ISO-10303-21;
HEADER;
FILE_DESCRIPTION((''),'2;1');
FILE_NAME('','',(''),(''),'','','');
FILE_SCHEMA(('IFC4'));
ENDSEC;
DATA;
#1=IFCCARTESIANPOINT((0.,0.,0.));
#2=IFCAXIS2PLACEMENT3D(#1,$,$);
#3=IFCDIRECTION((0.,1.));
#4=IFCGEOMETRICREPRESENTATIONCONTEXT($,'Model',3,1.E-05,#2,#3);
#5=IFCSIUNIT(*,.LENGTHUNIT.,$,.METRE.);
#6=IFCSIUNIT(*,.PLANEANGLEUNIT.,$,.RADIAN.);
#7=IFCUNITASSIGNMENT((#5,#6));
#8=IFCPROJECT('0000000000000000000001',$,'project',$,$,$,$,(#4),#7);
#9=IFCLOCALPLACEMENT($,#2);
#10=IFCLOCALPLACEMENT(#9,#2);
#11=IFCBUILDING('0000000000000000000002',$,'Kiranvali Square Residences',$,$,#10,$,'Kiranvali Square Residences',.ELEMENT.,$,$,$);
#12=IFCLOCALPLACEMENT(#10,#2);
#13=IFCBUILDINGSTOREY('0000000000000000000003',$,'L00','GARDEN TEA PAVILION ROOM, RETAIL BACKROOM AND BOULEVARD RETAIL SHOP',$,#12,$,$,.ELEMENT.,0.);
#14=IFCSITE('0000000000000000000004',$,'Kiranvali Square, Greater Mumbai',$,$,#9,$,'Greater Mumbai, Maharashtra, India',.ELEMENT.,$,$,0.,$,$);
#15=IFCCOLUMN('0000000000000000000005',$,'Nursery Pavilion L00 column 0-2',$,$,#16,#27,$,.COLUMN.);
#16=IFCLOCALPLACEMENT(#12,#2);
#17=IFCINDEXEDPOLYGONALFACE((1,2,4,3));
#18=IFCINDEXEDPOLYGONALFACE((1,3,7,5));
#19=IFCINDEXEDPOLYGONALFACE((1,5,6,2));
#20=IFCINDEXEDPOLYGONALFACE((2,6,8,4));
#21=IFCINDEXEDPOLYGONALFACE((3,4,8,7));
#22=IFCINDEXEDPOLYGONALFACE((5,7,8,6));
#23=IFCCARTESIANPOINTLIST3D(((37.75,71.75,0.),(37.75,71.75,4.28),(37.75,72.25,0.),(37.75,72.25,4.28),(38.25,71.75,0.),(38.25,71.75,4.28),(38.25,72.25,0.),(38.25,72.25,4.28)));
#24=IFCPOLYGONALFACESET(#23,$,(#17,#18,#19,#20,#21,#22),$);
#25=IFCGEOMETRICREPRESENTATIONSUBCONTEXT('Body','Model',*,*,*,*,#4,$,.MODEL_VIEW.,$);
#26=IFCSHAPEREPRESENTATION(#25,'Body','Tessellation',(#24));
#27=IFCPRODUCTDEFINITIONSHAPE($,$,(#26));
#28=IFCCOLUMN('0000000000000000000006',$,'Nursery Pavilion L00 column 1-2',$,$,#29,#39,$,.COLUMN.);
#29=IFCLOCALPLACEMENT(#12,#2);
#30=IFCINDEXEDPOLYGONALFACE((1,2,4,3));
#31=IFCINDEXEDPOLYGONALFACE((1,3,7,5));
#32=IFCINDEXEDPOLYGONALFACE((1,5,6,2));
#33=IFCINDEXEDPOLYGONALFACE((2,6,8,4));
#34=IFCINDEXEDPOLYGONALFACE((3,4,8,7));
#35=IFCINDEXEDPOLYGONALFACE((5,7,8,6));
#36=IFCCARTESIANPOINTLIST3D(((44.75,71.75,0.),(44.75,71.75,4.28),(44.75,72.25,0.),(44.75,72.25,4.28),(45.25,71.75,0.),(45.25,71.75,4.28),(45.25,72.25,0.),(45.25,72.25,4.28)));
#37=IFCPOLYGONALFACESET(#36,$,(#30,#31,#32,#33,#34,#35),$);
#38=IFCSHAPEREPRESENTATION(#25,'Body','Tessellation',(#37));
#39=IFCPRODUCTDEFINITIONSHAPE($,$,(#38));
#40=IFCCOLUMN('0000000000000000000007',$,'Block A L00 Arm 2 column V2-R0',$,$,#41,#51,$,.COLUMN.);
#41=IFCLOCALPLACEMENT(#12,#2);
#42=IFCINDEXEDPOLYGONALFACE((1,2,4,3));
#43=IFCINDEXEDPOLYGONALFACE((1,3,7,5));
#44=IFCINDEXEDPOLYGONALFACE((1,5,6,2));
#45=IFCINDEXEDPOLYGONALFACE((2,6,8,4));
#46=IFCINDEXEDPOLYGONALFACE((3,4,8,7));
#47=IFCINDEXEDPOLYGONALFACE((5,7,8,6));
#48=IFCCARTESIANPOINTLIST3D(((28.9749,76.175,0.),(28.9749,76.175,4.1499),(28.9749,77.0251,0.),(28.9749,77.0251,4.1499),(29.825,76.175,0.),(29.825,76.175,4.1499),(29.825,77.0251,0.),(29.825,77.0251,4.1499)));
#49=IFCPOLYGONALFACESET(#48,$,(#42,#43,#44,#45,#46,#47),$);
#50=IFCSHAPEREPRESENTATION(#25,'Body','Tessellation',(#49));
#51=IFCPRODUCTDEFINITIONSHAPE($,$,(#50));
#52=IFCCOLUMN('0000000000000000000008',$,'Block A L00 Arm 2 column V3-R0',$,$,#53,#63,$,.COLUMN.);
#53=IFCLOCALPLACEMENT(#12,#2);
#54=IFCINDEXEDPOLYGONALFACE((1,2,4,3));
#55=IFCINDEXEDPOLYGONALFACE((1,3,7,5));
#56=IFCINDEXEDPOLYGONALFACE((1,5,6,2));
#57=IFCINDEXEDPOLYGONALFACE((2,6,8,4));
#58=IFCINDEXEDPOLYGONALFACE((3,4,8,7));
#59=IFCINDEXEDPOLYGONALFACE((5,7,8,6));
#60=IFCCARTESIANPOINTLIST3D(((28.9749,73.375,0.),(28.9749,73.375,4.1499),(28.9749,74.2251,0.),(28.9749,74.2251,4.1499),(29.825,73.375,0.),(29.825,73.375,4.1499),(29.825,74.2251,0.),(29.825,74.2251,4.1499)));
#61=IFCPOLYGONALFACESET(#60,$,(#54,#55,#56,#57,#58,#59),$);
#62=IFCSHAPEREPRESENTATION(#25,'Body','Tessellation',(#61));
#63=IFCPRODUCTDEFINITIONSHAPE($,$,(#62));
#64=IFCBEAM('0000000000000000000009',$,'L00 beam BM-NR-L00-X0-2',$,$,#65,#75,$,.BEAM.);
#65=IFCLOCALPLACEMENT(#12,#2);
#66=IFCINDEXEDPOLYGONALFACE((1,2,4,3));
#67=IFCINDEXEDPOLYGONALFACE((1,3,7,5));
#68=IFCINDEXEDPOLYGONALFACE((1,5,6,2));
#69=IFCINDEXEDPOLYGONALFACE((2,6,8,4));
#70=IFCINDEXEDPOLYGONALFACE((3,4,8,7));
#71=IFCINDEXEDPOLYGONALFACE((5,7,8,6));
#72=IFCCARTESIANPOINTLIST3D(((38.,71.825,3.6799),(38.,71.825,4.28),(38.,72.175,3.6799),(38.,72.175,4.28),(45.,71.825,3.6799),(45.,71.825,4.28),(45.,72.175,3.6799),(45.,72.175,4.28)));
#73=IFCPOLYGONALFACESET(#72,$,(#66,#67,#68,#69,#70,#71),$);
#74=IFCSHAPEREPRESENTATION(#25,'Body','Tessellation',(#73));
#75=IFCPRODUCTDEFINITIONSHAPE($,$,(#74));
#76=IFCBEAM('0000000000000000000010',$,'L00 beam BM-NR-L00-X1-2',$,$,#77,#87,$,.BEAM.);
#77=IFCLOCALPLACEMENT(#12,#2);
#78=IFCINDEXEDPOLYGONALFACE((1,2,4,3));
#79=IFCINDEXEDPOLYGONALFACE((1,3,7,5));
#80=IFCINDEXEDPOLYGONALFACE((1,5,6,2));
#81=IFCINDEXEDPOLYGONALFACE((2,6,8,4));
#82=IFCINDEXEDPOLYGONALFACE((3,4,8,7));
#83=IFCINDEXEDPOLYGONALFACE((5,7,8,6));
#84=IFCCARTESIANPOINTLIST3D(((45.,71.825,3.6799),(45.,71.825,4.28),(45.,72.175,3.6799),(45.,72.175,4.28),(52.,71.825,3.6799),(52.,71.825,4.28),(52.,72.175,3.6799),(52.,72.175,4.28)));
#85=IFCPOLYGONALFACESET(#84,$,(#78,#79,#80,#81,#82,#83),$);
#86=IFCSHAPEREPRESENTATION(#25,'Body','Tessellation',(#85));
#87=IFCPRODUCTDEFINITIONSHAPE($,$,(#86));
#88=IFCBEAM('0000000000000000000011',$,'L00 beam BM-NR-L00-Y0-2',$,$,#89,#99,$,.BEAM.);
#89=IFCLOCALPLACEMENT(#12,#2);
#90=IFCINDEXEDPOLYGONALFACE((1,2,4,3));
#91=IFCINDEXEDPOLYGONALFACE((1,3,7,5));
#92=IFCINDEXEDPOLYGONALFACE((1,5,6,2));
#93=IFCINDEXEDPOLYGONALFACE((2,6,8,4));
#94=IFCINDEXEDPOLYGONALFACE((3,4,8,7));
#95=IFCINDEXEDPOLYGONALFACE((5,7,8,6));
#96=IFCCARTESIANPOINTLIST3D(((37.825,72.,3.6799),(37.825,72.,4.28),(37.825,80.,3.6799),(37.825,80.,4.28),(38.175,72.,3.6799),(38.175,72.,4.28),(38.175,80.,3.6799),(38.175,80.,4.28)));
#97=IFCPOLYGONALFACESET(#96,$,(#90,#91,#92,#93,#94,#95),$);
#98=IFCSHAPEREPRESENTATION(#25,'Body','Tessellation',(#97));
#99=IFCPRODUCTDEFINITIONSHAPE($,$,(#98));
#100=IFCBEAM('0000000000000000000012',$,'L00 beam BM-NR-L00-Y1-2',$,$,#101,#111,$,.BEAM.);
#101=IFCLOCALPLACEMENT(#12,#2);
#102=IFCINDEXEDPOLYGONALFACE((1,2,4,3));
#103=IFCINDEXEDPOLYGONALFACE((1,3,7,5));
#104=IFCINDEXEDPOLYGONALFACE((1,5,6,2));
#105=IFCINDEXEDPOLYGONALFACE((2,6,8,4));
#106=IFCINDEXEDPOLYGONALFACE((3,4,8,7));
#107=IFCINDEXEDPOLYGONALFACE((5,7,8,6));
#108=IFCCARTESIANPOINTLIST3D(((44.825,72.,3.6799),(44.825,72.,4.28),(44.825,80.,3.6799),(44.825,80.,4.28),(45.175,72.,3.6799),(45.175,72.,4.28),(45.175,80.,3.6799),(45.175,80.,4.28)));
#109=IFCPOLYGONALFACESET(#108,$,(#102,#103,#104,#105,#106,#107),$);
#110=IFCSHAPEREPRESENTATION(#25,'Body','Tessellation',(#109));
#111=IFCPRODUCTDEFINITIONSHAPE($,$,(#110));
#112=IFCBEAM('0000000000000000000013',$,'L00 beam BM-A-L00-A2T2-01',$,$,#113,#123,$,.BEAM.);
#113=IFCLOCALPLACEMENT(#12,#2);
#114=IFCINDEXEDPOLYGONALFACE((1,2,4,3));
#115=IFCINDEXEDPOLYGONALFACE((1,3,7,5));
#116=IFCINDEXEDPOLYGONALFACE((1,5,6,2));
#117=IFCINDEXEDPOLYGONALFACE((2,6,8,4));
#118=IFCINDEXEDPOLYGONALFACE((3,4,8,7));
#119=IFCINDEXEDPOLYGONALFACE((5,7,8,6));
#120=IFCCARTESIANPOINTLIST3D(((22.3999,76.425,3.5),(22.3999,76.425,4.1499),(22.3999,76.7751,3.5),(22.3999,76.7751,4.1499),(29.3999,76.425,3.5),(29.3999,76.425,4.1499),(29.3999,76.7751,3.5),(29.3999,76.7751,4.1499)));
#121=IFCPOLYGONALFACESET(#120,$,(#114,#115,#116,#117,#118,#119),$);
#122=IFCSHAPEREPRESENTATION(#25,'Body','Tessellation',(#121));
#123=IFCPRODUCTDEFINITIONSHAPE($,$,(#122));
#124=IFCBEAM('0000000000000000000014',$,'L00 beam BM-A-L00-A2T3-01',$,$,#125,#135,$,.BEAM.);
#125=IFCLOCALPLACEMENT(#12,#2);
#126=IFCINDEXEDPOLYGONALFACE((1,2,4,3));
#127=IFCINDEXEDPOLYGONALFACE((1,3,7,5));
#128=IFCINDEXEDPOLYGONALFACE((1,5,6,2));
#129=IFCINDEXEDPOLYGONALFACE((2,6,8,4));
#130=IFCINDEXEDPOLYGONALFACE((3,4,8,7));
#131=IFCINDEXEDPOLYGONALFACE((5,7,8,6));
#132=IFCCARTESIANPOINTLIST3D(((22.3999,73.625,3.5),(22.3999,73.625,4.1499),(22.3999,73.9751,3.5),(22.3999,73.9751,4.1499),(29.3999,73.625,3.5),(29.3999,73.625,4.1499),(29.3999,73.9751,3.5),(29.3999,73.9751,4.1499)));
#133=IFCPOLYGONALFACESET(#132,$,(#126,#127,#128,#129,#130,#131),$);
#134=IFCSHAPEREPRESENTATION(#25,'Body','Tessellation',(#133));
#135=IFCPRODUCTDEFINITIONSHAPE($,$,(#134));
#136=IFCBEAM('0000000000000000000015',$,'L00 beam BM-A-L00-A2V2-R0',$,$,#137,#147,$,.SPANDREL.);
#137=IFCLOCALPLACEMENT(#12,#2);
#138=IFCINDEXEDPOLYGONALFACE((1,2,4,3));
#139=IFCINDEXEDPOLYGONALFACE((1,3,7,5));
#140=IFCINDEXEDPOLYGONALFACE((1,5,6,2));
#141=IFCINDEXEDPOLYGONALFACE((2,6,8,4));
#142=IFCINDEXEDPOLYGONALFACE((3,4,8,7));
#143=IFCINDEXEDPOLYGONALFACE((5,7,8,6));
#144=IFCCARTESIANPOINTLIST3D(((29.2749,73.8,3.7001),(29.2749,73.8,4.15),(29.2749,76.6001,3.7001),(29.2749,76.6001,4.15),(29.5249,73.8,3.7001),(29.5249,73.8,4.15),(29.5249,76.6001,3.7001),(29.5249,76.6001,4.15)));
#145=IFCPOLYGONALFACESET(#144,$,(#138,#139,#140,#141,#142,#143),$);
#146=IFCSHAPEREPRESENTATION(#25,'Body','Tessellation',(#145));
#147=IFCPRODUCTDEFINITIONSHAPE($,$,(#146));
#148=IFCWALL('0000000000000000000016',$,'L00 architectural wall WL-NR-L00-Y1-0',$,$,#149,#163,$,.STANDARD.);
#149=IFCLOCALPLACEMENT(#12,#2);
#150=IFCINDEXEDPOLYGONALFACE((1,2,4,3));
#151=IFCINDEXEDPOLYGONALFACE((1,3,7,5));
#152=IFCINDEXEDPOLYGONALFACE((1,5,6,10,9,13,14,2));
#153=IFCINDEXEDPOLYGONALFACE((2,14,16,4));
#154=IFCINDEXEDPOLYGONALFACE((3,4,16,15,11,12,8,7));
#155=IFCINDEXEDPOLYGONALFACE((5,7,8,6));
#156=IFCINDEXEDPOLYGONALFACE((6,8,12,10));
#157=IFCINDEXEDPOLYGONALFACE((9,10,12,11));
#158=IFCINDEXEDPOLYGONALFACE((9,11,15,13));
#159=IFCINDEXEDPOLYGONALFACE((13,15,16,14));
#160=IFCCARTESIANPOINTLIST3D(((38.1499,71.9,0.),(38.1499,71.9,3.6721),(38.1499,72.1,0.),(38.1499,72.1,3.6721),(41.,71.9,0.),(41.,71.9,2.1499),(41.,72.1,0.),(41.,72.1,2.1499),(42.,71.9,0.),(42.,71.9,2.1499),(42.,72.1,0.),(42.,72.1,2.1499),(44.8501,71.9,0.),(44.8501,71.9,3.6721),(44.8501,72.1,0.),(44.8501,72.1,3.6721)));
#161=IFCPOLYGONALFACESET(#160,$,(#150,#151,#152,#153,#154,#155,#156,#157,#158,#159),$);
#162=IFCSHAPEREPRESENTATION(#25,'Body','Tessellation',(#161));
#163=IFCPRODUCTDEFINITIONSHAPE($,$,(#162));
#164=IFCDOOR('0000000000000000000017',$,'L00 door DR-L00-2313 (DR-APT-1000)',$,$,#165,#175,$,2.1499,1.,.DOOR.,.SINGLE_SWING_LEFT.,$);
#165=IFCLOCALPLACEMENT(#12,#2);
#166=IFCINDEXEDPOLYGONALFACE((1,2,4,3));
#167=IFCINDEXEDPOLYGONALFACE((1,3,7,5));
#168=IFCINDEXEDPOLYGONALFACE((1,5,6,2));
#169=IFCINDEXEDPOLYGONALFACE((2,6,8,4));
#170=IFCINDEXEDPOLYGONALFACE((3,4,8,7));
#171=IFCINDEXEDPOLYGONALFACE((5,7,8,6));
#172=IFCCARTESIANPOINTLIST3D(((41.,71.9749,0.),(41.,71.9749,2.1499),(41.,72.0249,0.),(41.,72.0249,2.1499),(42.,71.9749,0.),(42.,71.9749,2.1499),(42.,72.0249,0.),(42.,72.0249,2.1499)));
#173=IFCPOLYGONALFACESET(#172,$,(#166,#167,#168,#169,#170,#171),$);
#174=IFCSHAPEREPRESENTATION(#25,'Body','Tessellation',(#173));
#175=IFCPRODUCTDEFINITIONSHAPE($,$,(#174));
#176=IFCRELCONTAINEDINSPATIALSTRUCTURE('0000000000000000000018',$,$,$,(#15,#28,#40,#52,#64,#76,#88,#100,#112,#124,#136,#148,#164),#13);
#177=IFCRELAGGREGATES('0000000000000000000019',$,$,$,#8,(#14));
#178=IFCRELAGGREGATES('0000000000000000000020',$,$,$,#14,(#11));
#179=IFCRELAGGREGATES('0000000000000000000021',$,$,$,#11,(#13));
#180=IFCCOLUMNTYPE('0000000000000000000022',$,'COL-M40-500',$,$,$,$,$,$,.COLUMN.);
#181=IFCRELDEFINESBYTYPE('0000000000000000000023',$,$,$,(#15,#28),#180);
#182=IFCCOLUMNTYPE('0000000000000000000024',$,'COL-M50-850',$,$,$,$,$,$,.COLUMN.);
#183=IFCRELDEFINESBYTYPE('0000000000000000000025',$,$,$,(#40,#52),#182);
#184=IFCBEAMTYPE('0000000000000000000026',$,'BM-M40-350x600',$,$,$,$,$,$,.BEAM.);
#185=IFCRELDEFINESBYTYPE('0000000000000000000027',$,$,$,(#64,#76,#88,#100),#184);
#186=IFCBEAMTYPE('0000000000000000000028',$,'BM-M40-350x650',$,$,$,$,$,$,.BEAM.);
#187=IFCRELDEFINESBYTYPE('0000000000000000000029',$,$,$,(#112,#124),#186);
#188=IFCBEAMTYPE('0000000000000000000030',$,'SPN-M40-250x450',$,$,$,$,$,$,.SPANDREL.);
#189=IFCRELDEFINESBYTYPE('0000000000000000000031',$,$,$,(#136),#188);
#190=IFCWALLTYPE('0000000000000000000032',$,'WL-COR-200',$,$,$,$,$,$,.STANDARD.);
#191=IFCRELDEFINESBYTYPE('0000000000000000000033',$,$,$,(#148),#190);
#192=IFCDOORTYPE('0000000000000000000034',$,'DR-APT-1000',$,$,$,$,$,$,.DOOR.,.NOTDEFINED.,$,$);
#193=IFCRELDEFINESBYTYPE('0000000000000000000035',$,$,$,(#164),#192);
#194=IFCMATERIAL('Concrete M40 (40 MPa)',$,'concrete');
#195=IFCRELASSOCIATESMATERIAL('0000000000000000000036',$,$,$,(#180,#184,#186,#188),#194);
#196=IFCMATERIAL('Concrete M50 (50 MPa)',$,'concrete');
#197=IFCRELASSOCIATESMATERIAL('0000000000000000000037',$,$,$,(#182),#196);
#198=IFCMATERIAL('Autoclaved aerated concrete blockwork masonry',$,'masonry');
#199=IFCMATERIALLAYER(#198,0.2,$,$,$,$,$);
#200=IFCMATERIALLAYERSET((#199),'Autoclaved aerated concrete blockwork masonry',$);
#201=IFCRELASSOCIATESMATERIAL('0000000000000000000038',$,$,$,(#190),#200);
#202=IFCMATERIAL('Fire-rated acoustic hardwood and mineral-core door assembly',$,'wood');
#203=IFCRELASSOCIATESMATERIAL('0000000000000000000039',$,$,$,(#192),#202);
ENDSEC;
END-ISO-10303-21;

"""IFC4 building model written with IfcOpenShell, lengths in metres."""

from ifc_helpers import new_model, si_unit, direction, frame, frame_2d, origin, origin_2d, place, context, subcontext, project, spatial, rectangle, extrude, material, layer, layer_set, material_profile, profile_set, type_object, element, fill, save


model = new_model("IFC4")

# Units and contexts
model_context = context("Model", 3, precision=1e-05, world=origin(), true_north=direction((0.0, 1.0)))
body_context = subcontext(model_context, "Body", "Model", "MODEL_VIEW")
ifc_project = project(units=[si_unit("LENGTHUNIT", "METRE"), si_unit("PLANEANGLEUNIT", "RADIAN")], contexts=[model_context])

# Site, building, storey
site_placement = place(None, origin())
site = spatial("IfcSite", under=ifc_project, at=site_placement, Name="Kiranvali Square, Greater Mumbai", LongName="Greater Mumbai, Maharashtra, India", CompositionType="ELEMENT", RefElevation=0.0)
building_placement = place(site_placement, origin())
building = spatial("IfcBuilding", under=site, at=building_placement, Name="Kiranvali Square Residences", LongName="Kiranvali Square Residences", CompositionType="ELEMENT")
storey_placement = place(building_placement, origin())
storey = spatial("IfcBuildingStorey", under=building, at=storey_placement, Name="L00", Description="GARDEN TEA PAVILION ROOM, RETAIL BACKROOM AND BOULEVARD RETAIL SHOP", CompositionType="ELEMENT", Elevation=0.0)

# Columns
ifc_material_1 = material(Name="Concrete M40 (40 MPa)", Category="concrete")
ifc_material_profile_1 = material_profile(ifc_material_1, rectangle(XDim=0.5, YDim=0.5, at=origin_2d()), Name="RC 500x500")
ifc_profile_set_1 = profile_set([ifc_material_profile_1], Name="Concrete M40 (40 MPa)")
column_type_1 = type_object("IfcColumnType", Name="COL-M40-500", PredefinedType="COLUMN", material=ifc_profile_set_1)
for number, where, z_axis, x_axis, name in (
    (1, (38.0, 72.0, 0.0), (0.0, 0.0, 1.0), (1.0, 0.0, 0.0), "Nursery Pavilion L00 column 0-2"),
    (2, (45.0, 72.0, 0.0), (0.0, 0.0, 1.0), (1.0, 0.0, 0.0), "Nursery Pavilion L00 column 1-2"),
):
    element("IfcColumn", number, at=place(storey_placement, frame(where, z_axis=z_axis, x_axis=x_axis)), inside=storey, type_object=column_type_1, Name=name, PredefinedType="COLUMN", context=body_context, shape_type="SweptSolid", body=[
        extrude(rectangle(XDim=0.5, YDim=0.5, at=origin_2d()), origin(), (0.0, 0.0, 1.0), 4.28),
    ])
ifc_material_2 = material(Name="Concrete M50 (50 MPa)", Category="concrete")
ifc_material_profile_2 = material_profile(ifc_material_2, rectangle(XDim=0.8501, YDim=0.8501, at=origin_2d()), Name="RC 850x850")
ifc_profile_set_2 = profile_set([ifc_material_profile_2], Name="Concrete M50 (50 MPa)")
column_type_2 = type_object("IfcColumnType", Name="COL-M50-850", PredefinedType="COLUMN", material=ifc_profile_set_2)
for number, where, z_axis, x_axis, name in (
    (3, (29.3999, 76.6001, 0.0), (0.0, 0.0, 1.0), (1.0, 0.0, 0.0), "Block A L00 Arm 2 column V2-R0"),
    (4, (29.3999, 73.8, 0.0), (0.0, 0.0, 1.0), (1.0, 0.0, 0.0), "Block A L00 Arm 2 column V3-R0"),
):
    element("IfcColumn", number, at=place(storey_placement, frame(where, z_axis=z_axis, x_axis=x_axis)), inside=storey, type_object=column_type_2, Name=name, PredefinedType="COLUMN", context=body_context, shape_type="SweptSolid", body=[
        extrude(rectangle(XDim=0.8501, YDim=0.8501, at=origin_2d()), origin(), (0.0, 0.0, 1.0), 4.1499),
    ])

# Beams
ifc_material_profile_3 = material_profile(ifc_material_1, rectangle(XDim=0.3501, YDim=0.6001, at=origin_2d()), Name="RC 350x600")
ifc_profile_set_3 = profile_set([ifc_material_profile_3], Name="Concrete M40 (40 MPa)")
beam_type_1 = type_object("IfcBeamType", Name="BM-M40-350x600", PredefinedType="BEAM", material=ifc_profile_set_3)
for number, where, z_axis, x_axis, name in (
    (5, (38.0, 72.0, 3.98), (1.0, 0.0, 0.0), (0.0, 1.0, 0.0), "L00 beam BM-NR-L00-X0-2"),
    (6, (45.0, 72.0, 3.98), (1.0, 0.0, 0.0), (0.0, 1.0, 0.0), "L00 beam BM-NR-L00-X1-2"),
):
    element("IfcBeam", number, at=place(storey_placement, frame(where, z_axis=z_axis, x_axis=x_axis)), inside=storey, type_object=beam_type_1, Name=name, PredefinedType="BEAM", context=body_context, shape_type="SweptSolid", body=[
        extrude(rectangle(XDim=0.3501, YDim=0.6001, at=origin_2d()), origin(), (0.0, 0.0, 1.0), 7.0),
    ])
for number, where, z_axis, x_axis, name in (
    (7, (38.0, 72.0, 3.98), (0.0, 1.0, 0.0), (-1.0, 0.0, 0.0), "L00 beam BM-NR-L00-Y0-2"),
    (8, (45.0, 72.0, 3.98), (0.0, 1.0, 0.0), (-1.0, 0.0, 0.0), "L00 beam BM-NR-L00-Y1-2"),
):
    element("IfcBeam", number, at=place(storey_placement, frame(where, z_axis=z_axis, x_axis=x_axis)), inside=storey, type_object=beam_type_1, Name=name, PredefinedType="BEAM", context=body_context, shape_type="SweptSolid", body=[
        extrude(rectangle(XDim=0.3501, YDim=0.6001, at=origin_2d()), origin(), (0.0, 0.0, 1.0), 8.0),
    ])
ifc_material_profile_4 = material_profile(ifc_material_1, rectangle(XDim=0.3501, YDim=0.6499, at=origin_2d()), Name="RC 350x650")
ifc_profile_set_4 = profile_set([ifc_material_profile_4], Name="Concrete M40 (40 MPa)")
beam_type_2 = type_object("IfcBeamType", Name="BM-M40-350x650", PredefinedType="BEAM", material=ifc_profile_set_4)
for number, where, z_axis, x_axis, name in (
    (9, (29.3999, 76.6001, 3.825), (-1.0, 0.0, 0.0), (0.0, -1.0, 0.0), "L00 beam BM-A-L00-A2T2-01"),
    (10, (29.3999, 73.8, 3.825), (-1.0, 0.0, 0.0), (0.0, -1.0, 0.0), "L00 beam BM-A-L00-A2T3-01"),
):
    element("IfcBeam", number, at=place(storey_placement, frame(where, z_axis=z_axis, x_axis=x_axis)), inside=storey, type_object=beam_type_2, Name=name, PredefinedType="BEAM", context=body_context, shape_type="SweptSolid", body=[
        extrude(rectangle(XDim=0.3501, YDim=0.6499, at=origin_2d()), origin(), (0.0, 0.0, 1.0), 7.0),
    ])
ifc_material_profile_5 = material_profile(ifc_material_1, rectangle(XDim=0.25, YDim=0.45, at=origin_2d()), Name="RC 250x450")
ifc_profile_set_5 = profile_set([ifc_material_profile_5], Name="Concrete M40 (40 MPa)")
beam_type_3 = type_object("IfcBeamType", Name="SPN-M40-250x450", PredefinedType="SPANDREL", material=ifc_profile_set_5)
beam_placement = place(storey_placement, frame((29.3999, 76.6001, 3.925), z_axis=(0.0, -1.0, 0.0), x_axis=(1.0, 0.0, 0.0)))
element("IfcBeam", 11, at=beam_placement, inside=storey, type_object=beam_type_3, Name="L00 beam BM-A-L00-A2V2-R0", PredefinedType="SPANDREL", context=body_context, shape_type="SweptSolid", body=[
    extrude(rectangle(XDim=0.25, YDim=0.45, at=origin_2d()), origin(), (0.0, 0.0, 1.0), 2.8),
])

# Wall, opening, door
ifc_material_3 = material(Name="Autoclaved aerated concrete blockwork masonry", Category="masonry")
ifc_layer_1 = layer(ifc_material_3, 0.2)
ifc_layer_set_1 = layer_set([ifc_layer_1], Name="Autoclaved aerated concrete blockwork masonry")
wall_type_1 = type_object("IfcWallType", Name="WL-COR-200", PredefinedType="STANDARD", material=ifc_layer_set_1)
wall_1_placement = place(storey_placement, frame((38.1499, 72.0, 0.0), z_axis=(0.0, 0.0, 1.0), x_axis=(1.0, 0.0, 0.0)))
wall_1 = element("IfcWall", 12, at=wall_1_placement, inside=storey, type_object=wall_type_1, Name="L00 architectural wall WL-NR-L00-Y1-0", PredefinedType="STANDARD", context=body_context, shape_type="SweptSolid", body=[
    extrude(rectangle(XDim=6.7002, YDim=0.2, at=frame_2d((3.3501, 0.0))), origin(), (0.0, 0.0, 1.0), 3.6721),
])
opening_1_placement = place(wall_1_placement, frame((2.8501, 0.0, 0.0)))
opening_1 = element("IfcOpeningElement", 13, at=opening_1_placement, cuts=wall_1, PredefinedType="OPENING", context=body_context, shape_type="SweptSolid", body=[
    extrude(rectangle(XDim=1.0, YDim=2.1499, at=frame_2d((0.5, 1.075))), frame((0.0, 0.1099, 0.0), z_axis=(0.0, -1.0, 0.0), x_axis=(1.0, 0.0, 0.0)), (0.0, 0.0, 1.0), 0.22),
])
ifc_material_4 = material(Name="Fire-rated acoustic hardwood and mineral-core door assembly", Category="wood")
door_type_1 = type_object("IfcDoorType", Name="DR-APT-1000", OperationType="NOTDEFINED", PredefinedType="DOOR", material=ifc_material_4)
door_1_placement = place(opening_1_placement, origin())
door_1 = element("IfcDoor", 14, at=door_1_placement, inside=storey, type_object=door_type_1, Name="L00 door DR-L00-2313 (DR-APT-1000)", OperationType="SINGLE_SWING_LEFT", OverallHeight=2.1499, OverallWidth=1.0, PredefinedType="DOOR", context=body_context, shape_type="SweptSolid", body=[
    extrude(rectangle(XDim=1.0, YDim=2.1499, at=frame_2d((0.5, 1.075))), frame((0.0, 0.0249, 0.0), z_axis=(0.0, -1.0, 0.0), x_axis=(1.0, 0.0, 0.0)), (0.0, 0.0, 1.0), 0.05),
])
fill(opening_1, door_1)

save(model, "model.ifc")
